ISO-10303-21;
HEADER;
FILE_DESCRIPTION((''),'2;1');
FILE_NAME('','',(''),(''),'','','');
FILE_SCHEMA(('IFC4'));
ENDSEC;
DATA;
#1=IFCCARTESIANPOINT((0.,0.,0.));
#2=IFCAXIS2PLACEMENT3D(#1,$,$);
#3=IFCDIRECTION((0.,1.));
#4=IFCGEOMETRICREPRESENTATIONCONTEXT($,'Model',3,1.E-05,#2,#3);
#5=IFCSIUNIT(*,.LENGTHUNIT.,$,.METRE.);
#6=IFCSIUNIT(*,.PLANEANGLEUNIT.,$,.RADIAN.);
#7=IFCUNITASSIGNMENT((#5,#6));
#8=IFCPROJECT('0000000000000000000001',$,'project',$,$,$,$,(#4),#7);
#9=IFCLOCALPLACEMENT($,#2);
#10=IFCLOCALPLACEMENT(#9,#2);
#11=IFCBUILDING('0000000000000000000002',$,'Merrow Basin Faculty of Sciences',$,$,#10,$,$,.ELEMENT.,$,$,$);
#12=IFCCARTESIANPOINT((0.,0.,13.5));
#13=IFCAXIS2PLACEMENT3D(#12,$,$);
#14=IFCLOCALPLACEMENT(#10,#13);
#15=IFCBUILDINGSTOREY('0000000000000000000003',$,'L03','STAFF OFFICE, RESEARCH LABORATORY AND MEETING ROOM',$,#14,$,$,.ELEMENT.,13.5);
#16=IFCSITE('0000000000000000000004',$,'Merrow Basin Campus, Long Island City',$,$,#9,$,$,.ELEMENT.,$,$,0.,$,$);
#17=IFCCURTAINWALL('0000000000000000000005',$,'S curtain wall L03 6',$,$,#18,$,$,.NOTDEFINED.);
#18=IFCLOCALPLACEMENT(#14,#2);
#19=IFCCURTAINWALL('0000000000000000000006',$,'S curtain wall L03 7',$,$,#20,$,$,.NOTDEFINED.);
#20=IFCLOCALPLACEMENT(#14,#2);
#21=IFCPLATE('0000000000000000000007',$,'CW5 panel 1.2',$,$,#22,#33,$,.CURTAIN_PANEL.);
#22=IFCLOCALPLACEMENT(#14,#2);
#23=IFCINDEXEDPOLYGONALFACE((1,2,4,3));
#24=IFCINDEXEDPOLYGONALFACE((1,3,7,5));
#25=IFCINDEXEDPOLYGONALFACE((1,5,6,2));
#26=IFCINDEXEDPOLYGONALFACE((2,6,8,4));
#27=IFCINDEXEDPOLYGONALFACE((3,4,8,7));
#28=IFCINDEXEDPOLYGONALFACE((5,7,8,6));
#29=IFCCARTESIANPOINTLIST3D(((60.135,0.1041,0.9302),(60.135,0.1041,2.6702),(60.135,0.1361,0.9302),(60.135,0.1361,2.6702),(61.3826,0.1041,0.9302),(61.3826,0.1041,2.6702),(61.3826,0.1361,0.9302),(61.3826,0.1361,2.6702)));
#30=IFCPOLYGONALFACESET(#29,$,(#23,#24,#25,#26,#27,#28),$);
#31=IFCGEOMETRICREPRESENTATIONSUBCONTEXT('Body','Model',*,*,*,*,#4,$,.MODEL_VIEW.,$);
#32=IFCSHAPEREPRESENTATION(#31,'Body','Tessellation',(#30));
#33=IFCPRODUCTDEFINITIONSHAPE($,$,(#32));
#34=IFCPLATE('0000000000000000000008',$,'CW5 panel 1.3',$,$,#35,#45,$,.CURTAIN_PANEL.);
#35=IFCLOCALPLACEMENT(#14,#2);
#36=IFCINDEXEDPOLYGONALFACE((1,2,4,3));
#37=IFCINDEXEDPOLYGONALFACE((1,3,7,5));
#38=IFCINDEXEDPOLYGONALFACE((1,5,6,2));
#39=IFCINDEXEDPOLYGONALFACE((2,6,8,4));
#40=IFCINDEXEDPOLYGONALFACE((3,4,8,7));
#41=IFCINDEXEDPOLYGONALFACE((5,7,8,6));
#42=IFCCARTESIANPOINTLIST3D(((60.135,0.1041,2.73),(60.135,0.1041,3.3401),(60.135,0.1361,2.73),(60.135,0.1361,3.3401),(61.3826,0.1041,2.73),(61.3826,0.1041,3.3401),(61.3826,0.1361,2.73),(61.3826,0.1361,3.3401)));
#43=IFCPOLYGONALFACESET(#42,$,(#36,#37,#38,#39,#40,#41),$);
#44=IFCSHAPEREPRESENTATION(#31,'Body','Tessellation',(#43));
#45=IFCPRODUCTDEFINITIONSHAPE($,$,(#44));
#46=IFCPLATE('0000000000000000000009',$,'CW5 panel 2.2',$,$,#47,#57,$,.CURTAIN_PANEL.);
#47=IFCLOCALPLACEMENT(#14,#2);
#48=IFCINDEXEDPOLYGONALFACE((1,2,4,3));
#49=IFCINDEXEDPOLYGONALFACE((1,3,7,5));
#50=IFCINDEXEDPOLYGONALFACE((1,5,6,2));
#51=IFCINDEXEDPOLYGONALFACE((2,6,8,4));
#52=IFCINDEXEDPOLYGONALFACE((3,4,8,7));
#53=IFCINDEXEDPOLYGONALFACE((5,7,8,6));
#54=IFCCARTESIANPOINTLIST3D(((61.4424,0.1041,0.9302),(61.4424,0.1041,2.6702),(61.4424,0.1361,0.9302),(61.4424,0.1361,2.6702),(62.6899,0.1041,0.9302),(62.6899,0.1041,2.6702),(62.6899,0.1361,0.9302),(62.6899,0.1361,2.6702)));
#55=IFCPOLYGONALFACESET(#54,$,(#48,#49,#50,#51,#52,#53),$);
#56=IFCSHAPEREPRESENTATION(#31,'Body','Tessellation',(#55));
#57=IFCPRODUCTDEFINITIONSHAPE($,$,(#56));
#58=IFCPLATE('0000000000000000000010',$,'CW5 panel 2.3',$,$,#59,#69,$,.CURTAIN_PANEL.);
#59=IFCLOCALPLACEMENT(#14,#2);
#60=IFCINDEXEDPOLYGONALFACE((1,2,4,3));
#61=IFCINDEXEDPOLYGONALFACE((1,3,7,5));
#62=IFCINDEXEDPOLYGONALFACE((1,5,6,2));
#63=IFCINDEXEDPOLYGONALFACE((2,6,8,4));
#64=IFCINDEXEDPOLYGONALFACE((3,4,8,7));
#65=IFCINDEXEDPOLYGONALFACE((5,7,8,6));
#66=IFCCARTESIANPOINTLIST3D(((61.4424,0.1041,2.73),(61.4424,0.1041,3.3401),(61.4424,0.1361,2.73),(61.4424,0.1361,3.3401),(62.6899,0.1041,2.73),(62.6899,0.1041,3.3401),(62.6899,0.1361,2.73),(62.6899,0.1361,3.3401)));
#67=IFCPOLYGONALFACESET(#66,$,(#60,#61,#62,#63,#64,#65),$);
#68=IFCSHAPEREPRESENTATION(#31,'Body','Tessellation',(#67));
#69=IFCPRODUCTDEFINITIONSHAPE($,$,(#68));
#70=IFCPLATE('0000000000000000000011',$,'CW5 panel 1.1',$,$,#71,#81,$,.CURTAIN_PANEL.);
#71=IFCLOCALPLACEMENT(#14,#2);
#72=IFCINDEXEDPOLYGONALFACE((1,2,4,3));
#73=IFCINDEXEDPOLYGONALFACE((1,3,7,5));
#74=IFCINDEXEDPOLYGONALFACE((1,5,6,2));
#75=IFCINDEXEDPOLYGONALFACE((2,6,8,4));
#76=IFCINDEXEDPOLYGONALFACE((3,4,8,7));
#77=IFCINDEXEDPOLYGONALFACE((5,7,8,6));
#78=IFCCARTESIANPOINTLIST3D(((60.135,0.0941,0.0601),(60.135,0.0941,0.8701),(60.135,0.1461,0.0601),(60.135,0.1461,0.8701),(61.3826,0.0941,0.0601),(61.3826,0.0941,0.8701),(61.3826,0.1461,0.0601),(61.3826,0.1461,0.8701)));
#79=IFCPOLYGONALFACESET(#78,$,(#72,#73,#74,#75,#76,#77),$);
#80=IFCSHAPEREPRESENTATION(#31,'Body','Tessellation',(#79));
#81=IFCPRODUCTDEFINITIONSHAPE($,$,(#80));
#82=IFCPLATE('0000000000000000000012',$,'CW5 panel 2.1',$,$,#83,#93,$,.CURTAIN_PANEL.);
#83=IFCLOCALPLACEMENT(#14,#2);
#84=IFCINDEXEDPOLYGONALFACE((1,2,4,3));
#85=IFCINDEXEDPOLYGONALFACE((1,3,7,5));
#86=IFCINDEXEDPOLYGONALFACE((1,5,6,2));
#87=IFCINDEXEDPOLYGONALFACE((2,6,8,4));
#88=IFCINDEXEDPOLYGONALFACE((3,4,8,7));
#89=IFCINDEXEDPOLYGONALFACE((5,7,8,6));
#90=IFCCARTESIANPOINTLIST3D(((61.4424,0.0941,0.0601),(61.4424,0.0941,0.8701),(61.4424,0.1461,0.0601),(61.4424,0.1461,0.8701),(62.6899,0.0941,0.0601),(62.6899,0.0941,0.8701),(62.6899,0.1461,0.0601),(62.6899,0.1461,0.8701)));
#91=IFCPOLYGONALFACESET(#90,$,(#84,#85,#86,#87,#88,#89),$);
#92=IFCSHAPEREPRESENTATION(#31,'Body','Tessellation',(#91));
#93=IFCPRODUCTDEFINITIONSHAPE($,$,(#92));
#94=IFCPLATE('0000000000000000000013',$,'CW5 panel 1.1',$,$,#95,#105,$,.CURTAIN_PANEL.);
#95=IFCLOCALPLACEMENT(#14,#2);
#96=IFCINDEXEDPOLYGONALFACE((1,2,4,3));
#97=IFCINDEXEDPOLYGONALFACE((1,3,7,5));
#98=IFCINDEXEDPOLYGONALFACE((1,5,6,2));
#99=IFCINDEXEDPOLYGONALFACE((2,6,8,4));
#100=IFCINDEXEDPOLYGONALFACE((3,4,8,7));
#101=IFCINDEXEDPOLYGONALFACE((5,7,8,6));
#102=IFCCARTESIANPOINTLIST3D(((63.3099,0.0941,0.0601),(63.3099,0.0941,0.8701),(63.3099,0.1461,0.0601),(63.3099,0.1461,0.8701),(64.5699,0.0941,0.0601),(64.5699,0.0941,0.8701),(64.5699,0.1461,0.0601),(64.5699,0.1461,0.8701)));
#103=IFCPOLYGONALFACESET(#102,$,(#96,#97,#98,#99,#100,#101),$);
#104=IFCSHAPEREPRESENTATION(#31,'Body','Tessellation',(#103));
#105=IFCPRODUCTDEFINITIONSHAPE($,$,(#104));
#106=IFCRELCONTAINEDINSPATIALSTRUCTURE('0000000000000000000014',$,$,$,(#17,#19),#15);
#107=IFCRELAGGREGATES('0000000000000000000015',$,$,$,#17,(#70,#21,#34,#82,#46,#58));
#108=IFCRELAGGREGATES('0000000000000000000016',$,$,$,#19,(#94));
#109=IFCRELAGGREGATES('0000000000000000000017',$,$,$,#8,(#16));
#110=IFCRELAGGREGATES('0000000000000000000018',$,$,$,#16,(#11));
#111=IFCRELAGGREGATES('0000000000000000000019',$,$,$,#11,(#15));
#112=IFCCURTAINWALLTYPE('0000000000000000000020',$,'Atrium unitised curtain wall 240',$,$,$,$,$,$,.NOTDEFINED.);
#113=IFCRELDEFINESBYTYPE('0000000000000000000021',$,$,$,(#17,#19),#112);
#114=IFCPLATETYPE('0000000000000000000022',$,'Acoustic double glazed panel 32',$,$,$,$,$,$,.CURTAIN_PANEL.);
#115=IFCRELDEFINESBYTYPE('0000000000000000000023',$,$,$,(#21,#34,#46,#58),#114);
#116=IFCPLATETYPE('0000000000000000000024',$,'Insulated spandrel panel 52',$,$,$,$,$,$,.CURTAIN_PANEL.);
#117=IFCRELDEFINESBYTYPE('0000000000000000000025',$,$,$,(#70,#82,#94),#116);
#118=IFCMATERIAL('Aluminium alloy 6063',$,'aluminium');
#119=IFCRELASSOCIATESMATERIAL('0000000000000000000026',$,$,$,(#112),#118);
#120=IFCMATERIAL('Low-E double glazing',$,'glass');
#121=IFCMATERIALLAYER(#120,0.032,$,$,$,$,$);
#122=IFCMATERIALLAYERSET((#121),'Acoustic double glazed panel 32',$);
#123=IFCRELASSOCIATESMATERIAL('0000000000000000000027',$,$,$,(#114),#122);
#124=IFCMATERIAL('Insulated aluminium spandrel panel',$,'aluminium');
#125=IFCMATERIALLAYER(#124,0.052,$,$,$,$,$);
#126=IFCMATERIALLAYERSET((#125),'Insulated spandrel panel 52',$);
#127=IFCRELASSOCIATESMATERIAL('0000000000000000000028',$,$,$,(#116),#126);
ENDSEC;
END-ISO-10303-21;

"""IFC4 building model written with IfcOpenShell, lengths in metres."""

from ifc_helpers import new_model, si_unit, direction, frame, origin, origin_2d, place, context, subcontext, project, spatial, rectangle, extrude, material, layer, layer_set, type_object, element, aggregate, save


model = new_model("IFC4")

# Units and contexts
model_context = context("Model", 3, precision=1e-05, world=origin(), true_north=direction((0.0, 1.0)))
body_context = subcontext(model_context, "Body", "Model", "MODEL_VIEW")
ifc_project = project(units=[si_unit("LENGTHUNIT", "METRE"), si_unit("PLANEANGLEUNIT", "RADIAN")], contexts=[model_context])

# Site, building, storey
site_placement = place(None, origin())
site = spatial("IfcSite", under=ifc_project, at=site_placement, Name="Merrow Basin Campus, Long Island City", CompositionType="ELEMENT", RefElevation=0.0)
building_placement = place(site_placement, origin())
building = spatial("IfcBuilding", under=site, at=building_placement, Name="Merrow Basin Faculty of Sciences", CompositionType="ELEMENT")
storey_placement = place(building_placement, frame((0.0, 0.0, 13.5)))
storey = spatial("IfcBuildingStorey", under=building, at=storey_placement, Name="L03", Description="STAFF OFFICE, RESEARCH LABORATORY AND MEETING ROOM", CompositionType="ELEMENT", Elevation=13.5)

# Curtain wall
ifc_material_1 = material(Name="Aluminium alloy 6063", Category="aluminium")
curtain_wall_type = type_object("IfcCurtainWallType", Name="Atrium unitised curtain wall 240", PredefinedType="NOTDEFINED", material=ifc_material_1)
curtain_wall_1_placement = place(storey_placement, origin())
curtain_wall_1 = element("IfcCurtainWall", 1, at=curtain_wall_1_placement, inside=storey, type_object=curtain_wall_type, Name="S curtain wall L03 6", PredefinedType="NOTDEFINED")

# Curtain wall
curtain_wall_2_placement = place(storey_placement, origin())
curtain_wall_2 = element("IfcCurtainWall", 2, at=curtain_wall_2_placement, inside=storey, type_object=curtain_wall_type, Name="S curtain wall L03 7", PredefinedType="NOTDEFINED")

# Plates
ifc_material_2 = material(Name="Low-E double glazing", Category="glass")
ifc_layer_1 = layer(ifc_material_2, 0.032)
ifc_layer_set_1 = layer_set([ifc_layer_1], Name="Acoustic double glazed panel 32")
plate_type_1 = type_object("IfcPlateType", Name="Acoustic double glazed panel 32", PredefinedType="CURTAIN_PANEL", material=ifc_layer_set_1)
plate_1_placement = place(storey_placement, frame((60.7588, 0.1201, 0.9302), z_axis=(0.0, 0.0, 1.0), x_axis=(1.0, 0.0, 0.0)))
plate_1 = element("IfcPlate", 3, at=plate_1_placement, type_object=plate_type_1, Name="CW5 panel 1.2", PredefinedType="CURTAIN_PANEL", context=body_context, shape_type="SweptSolid", body=[
    extrude(rectangle(XDim=1.2476, YDim=0.032, at=origin_2d()), origin(), (0.0, 0.0, 1.0), 1.74),
])
plate_2_placement = place(storey_placement, frame((60.7588, 0.1201, 2.73), z_axis=(0.0, 0.0, 1.0), x_axis=(1.0, 0.0, 0.0)))
plate_2 = element("IfcPlate", 4, at=plate_2_placement, type_object=plate_type_1, Name="CW5 panel 1.3", PredefinedType="CURTAIN_PANEL", context=body_context, shape_type="SweptSolid", body=[
    extrude(rectangle(XDim=1.2476, YDim=0.032, at=origin_2d()), origin(), (0.0, 0.0, 1.0), 0.6101),
])
plate_3_placement = place(storey_placement, frame((62.0662, 0.1201, 0.9302), z_axis=(0.0, 0.0, 1.0), x_axis=(1.0, 0.0, 0.0)))
plate_3 = element("IfcPlate", 5, at=plate_3_placement, type_object=plate_type_1, Name="CW5 panel 2.2", PredefinedType="CURTAIN_PANEL", context=body_context, shape_type="SweptSolid", body=[
    extrude(rectangle(XDim=1.2476, YDim=0.032, at=origin_2d()), origin(), (0.0, 0.0, 1.0), 1.74),
])
plate_4_placement = place(storey_placement, frame((62.0662, 0.1201, 2.73), z_axis=(0.0, 0.0, 1.0), x_axis=(1.0, 0.0, 0.0)))
plate_4 = element("IfcPlate", 6, at=plate_4_placement, type_object=plate_type_1, Name="CW5 panel 2.3", PredefinedType="CURTAIN_PANEL", context=body_context, shape_type="SweptSolid", body=[
    extrude(rectangle(XDim=1.2476, YDim=0.032, at=origin_2d()), origin(), (0.0, 0.0, 1.0), 0.6101),
])
ifc_material_3 = material(Name="Insulated aluminium spandrel panel", Category="aluminium")
ifc_layer_2 = layer(ifc_material_3, 0.052)
ifc_layer_set_2 = layer_set([ifc_layer_2], Name="Insulated spandrel panel 52")
plate_type_2 = type_object("IfcPlateType", Name="Insulated spandrel panel 52", PredefinedType="CURTAIN_PANEL", material=ifc_layer_set_2)
plate_5_placement = place(storey_placement, frame((60.7588, 0.1201, 0.0601), z_axis=(0.0, 0.0, 1.0), x_axis=(1.0, 0.0, 0.0)))
plate_5 = element("IfcPlate", 7, at=plate_5_placement, type_object=plate_type_2, Name="CW5 panel 1.1", PredefinedType="CURTAIN_PANEL", context=body_context, shape_type="SweptSolid", body=[
    extrude(rectangle(XDim=1.2476, YDim=0.052, at=origin_2d()), origin(), (0.0, 0.0, 1.0), 0.8101),
])
plate_6_placement = place(storey_placement, frame((62.0662, 0.1201, 0.0601), z_axis=(0.0, 0.0, 1.0), x_axis=(1.0, 0.0, 0.0)))
plate_6 = element("IfcPlate", 8, at=plate_6_placement, type_object=plate_type_2, Name="CW5 panel 2.1", PredefinedType="CURTAIN_PANEL", context=body_context, shape_type="SweptSolid", body=[
    extrude(rectangle(XDim=1.2476, YDim=0.052, at=origin_2d()), origin(), (0.0, 0.0, 1.0), 0.8101),
])
aggregate(curtain_wall_1, [plate_5, plate_1, plate_2, plate_6, plate_3, plate_4])
plate_7_placement = place(storey_placement, frame((63.9399, 0.1201, 0.0601), z_axis=(0.0, 0.0, 1.0), x_axis=(1.0, 0.0, 0.0)))
plate_7 = element("IfcPlate", 9, at=plate_7_placement, type_object=plate_type_2, Name="CW5 panel 1.1", PredefinedType="CURTAIN_PANEL", context=body_context, shape_type="SweptSolid", body=[
    extrude(rectangle(XDim=1.26, YDim=0.052, at=origin_2d()), origin(), (0.0, 0.0, 1.0), 0.8101),
])
aggregate(curtain_wall_2, [plate_7])

save(model, "model.ifc")
